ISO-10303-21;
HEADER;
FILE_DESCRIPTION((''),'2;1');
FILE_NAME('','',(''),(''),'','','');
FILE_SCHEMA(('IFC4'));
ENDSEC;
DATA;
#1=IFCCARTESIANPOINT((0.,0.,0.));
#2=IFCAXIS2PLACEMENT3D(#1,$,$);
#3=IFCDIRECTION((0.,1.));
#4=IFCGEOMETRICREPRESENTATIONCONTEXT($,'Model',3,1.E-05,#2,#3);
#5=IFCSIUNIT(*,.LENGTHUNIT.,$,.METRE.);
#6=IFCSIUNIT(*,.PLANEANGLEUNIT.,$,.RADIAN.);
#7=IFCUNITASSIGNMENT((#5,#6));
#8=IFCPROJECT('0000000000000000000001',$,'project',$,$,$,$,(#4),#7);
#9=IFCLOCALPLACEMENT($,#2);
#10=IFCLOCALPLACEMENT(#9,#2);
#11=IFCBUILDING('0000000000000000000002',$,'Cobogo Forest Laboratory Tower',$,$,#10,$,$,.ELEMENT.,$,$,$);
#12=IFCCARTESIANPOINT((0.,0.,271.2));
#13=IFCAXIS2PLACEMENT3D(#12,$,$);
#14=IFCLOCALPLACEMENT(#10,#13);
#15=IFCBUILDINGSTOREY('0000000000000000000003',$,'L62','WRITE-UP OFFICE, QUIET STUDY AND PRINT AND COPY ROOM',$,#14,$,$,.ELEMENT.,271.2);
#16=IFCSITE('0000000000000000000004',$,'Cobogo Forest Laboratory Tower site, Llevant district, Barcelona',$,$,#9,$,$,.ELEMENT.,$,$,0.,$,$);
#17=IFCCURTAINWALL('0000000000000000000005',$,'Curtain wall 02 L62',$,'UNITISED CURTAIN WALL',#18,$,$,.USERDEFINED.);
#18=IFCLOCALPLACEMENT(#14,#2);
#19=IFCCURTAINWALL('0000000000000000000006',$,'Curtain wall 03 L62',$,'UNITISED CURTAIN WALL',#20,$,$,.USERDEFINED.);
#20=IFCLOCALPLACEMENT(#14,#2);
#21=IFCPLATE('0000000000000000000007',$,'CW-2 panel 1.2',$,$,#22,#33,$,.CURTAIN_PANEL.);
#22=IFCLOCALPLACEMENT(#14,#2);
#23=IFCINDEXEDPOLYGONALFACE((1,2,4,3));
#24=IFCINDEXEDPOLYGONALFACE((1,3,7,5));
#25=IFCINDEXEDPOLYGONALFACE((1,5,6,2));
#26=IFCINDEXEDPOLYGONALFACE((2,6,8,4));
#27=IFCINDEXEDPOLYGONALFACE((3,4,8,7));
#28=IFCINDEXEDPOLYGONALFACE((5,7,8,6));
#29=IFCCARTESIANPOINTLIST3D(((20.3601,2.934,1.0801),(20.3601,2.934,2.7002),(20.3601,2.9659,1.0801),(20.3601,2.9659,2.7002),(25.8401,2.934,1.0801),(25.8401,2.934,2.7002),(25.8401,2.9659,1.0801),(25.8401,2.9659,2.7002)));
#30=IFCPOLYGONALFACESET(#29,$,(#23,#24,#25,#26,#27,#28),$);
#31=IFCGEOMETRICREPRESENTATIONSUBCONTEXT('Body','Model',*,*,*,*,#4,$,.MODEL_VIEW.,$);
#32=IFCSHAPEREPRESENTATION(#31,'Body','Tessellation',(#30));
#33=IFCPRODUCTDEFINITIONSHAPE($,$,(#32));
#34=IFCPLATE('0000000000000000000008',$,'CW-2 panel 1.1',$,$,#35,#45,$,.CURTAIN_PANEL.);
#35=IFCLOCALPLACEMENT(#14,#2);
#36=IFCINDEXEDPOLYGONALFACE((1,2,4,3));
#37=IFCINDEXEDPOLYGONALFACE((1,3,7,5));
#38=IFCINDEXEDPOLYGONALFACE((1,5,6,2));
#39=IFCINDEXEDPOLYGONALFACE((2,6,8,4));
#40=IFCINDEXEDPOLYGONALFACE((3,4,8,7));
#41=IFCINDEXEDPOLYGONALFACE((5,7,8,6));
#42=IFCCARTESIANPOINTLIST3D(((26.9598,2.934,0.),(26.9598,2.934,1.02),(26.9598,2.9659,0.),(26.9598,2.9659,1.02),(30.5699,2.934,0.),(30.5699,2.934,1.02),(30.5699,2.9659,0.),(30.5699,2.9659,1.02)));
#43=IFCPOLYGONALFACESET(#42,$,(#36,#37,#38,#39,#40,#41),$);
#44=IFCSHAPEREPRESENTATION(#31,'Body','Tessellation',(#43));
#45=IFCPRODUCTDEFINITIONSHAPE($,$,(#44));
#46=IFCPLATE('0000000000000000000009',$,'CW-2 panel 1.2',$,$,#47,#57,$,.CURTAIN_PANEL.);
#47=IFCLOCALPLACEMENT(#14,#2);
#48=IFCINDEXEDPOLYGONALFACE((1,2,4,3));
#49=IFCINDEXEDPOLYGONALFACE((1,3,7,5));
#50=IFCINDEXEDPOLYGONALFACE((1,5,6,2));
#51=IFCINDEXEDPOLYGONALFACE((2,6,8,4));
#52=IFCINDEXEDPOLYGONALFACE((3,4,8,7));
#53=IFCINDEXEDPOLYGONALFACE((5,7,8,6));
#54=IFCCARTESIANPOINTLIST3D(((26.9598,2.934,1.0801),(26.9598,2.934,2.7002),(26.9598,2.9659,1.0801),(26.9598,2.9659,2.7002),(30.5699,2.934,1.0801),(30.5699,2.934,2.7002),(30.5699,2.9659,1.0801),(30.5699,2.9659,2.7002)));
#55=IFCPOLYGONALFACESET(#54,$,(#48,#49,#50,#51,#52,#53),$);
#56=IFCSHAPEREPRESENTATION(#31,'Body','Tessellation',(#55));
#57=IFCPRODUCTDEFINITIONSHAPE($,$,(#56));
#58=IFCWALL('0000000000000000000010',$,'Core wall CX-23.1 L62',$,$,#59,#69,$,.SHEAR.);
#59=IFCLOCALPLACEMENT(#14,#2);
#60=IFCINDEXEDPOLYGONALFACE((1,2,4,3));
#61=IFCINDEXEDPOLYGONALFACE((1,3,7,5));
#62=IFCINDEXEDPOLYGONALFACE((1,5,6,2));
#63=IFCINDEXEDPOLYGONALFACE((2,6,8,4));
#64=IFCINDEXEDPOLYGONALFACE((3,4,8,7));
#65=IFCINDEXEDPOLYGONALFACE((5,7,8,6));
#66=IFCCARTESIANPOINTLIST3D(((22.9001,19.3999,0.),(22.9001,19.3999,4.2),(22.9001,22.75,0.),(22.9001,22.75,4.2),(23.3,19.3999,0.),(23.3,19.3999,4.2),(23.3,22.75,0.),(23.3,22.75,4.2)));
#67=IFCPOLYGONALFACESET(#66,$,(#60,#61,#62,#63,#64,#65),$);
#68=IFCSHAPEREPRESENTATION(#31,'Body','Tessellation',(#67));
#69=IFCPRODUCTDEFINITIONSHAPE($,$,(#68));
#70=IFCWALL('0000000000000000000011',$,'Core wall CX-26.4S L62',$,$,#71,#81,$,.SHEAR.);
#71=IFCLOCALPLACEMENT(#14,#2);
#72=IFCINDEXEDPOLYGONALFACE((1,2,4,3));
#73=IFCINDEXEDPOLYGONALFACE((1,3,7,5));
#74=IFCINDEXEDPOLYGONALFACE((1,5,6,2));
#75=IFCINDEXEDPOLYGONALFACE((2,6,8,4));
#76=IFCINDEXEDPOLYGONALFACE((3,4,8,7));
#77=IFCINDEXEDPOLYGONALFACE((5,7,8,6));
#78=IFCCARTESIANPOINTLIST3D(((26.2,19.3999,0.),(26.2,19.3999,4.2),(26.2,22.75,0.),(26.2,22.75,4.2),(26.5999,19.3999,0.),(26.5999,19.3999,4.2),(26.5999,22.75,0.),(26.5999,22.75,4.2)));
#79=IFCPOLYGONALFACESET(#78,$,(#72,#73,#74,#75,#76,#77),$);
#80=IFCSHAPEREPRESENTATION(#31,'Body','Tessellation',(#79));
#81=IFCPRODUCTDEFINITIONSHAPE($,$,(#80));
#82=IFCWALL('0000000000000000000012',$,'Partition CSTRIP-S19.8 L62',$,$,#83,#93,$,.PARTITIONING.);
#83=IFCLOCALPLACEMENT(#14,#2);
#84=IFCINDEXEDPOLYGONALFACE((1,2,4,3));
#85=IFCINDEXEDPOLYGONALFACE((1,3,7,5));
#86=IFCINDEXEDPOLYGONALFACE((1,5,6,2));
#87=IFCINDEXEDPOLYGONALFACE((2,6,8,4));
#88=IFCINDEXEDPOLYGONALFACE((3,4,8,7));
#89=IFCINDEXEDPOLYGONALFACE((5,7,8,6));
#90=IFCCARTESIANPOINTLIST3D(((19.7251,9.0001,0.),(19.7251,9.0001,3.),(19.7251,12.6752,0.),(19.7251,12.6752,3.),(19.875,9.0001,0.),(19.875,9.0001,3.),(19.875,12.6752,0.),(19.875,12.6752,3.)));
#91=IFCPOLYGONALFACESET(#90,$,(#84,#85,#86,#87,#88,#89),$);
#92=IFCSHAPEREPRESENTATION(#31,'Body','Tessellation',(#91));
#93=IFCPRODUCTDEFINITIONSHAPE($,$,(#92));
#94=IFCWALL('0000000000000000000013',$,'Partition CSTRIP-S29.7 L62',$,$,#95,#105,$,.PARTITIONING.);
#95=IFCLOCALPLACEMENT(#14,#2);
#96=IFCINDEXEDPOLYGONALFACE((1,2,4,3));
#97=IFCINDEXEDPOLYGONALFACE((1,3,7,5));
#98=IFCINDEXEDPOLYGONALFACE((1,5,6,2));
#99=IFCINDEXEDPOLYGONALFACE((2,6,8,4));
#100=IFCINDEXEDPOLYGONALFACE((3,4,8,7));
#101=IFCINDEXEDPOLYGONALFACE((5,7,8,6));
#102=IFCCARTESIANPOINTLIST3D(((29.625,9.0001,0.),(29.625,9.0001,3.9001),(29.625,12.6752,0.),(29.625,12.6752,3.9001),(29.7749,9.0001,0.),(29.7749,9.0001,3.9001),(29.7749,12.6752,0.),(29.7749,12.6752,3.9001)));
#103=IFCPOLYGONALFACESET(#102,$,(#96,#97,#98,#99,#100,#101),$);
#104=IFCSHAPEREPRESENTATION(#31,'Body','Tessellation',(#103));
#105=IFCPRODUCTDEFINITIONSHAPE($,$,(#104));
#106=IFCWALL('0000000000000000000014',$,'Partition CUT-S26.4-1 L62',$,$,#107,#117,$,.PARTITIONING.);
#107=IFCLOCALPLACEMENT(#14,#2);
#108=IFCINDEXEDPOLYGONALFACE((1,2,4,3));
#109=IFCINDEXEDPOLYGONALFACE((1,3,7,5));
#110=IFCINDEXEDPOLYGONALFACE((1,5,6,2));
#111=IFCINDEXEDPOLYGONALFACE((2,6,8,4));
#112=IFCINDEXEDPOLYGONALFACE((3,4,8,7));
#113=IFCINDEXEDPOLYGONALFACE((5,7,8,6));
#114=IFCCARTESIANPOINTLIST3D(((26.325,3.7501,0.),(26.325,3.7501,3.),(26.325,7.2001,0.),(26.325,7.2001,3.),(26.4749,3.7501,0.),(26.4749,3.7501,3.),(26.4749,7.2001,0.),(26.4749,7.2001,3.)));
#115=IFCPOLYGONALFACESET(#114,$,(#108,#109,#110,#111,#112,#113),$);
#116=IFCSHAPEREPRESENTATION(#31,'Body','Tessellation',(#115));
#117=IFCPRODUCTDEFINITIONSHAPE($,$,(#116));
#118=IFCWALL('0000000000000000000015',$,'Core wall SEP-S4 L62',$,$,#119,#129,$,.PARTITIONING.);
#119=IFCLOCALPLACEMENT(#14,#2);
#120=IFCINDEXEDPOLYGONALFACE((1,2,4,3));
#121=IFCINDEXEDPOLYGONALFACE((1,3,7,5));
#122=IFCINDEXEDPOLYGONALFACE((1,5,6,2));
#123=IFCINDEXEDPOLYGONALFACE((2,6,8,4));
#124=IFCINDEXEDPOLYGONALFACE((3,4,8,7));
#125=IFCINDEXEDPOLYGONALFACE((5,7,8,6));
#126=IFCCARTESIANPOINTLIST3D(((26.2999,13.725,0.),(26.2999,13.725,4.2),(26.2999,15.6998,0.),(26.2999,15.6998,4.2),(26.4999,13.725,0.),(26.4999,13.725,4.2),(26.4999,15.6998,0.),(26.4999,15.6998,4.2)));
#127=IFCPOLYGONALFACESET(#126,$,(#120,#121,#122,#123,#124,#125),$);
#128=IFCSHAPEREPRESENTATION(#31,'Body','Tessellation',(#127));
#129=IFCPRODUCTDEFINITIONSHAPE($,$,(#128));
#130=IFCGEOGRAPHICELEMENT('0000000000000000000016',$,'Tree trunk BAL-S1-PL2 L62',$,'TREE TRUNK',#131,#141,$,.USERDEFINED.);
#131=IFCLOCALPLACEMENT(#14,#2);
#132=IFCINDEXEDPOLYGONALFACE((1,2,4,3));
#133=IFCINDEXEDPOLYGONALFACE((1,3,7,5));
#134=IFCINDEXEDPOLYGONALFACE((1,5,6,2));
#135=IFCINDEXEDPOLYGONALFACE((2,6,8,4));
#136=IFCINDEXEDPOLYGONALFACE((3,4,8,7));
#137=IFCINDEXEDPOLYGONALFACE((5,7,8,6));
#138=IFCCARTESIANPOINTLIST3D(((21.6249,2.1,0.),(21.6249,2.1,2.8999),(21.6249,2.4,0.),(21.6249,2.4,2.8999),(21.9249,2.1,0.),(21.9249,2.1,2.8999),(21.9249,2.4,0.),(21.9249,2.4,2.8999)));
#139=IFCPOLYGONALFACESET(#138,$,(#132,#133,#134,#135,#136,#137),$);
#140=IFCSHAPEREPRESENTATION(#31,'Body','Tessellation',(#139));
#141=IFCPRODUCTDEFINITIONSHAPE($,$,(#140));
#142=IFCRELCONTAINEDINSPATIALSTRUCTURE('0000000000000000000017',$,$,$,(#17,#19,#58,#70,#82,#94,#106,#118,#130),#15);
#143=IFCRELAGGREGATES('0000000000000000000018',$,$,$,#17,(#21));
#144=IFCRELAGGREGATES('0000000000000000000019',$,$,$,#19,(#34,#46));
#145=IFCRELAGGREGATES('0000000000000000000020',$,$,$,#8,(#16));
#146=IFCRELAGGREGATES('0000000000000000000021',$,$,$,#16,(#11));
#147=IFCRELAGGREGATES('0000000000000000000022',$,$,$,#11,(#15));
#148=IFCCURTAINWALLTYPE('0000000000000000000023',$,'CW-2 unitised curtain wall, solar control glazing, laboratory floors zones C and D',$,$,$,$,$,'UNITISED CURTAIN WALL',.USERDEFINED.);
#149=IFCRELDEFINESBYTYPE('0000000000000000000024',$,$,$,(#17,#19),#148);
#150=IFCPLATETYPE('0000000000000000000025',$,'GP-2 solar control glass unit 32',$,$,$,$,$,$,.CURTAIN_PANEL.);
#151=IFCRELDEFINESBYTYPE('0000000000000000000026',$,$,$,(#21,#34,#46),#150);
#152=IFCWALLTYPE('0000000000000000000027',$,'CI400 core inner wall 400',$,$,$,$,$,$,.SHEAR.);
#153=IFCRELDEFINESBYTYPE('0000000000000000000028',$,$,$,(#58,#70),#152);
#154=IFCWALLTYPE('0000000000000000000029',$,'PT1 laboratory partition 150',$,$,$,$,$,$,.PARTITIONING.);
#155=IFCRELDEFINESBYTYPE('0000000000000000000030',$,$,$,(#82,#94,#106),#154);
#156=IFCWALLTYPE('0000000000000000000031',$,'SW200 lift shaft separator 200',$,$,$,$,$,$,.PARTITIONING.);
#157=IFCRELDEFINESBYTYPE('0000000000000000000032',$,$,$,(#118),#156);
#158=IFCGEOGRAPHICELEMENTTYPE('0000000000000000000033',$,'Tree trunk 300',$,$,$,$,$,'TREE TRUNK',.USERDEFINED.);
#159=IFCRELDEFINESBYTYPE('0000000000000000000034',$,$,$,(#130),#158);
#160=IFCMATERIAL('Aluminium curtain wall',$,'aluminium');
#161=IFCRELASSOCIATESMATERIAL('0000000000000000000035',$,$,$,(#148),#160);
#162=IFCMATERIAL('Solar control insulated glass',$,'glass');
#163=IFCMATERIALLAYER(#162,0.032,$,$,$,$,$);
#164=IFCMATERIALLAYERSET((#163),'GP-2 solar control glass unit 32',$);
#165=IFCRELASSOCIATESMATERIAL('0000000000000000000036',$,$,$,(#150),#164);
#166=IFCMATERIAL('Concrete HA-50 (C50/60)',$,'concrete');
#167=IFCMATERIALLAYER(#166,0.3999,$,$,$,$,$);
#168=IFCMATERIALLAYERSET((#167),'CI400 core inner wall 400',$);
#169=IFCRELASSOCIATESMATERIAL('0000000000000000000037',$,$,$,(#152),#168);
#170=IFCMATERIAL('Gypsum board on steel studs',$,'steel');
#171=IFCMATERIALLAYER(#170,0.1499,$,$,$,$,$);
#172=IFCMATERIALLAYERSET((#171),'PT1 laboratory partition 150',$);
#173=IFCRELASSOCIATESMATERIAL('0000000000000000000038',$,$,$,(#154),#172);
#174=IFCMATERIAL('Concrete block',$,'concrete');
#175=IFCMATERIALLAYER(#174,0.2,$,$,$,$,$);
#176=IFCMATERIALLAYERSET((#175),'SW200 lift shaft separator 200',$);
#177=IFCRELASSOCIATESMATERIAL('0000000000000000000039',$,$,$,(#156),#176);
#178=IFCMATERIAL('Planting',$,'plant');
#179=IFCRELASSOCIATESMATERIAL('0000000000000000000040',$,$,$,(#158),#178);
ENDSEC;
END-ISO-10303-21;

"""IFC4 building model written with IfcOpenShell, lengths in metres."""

from ifc_helpers import new_model, si_unit, direction, frame, frame_2d, origin, origin_2d, place, context, subcontext, project, spatial, rectangle, extrude, material, layer, layer_set, type_object, element, aggregate, save


model = new_model("IFC4")

# Units and contexts
model_context = context("Model", 3, precision=1e-05, world=origin(), true_north=direction((0.0, 1.0)))
body_context = subcontext(model_context, "Body", "Model", "MODEL_VIEW")
ifc_project = project(units=[si_unit("LENGTHUNIT", "METRE"), si_unit("PLANEANGLEUNIT", "RADIAN")], contexts=[model_context])

# Site, building, storey
site_placement = place(None, origin())
site = spatial("IfcSite", under=ifc_project, at=site_placement, Name="Cobogo Forest Laboratory Tower site, Llevant district, Barcelona", CompositionType="ELEMENT", RefElevation=0.0)
building_placement = place(site_placement, origin())
building = spatial("IfcBuilding", under=site, at=building_placement, Name="Cobogo Forest Laboratory Tower", CompositionType="ELEMENT")
storey_placement = place(building_placement, frame((0.0, 0.0, 271.2)))
storey = spatial("IfcBuildingStorey", under=building, at=storey_placement, Name="L62", Description="WRITE-UP OFFICE, QUIET STUDY AND PRINT AND COPY ROOM", CompositionType="ELEMENT", Elevation=271.2)

# Shared definitions
ifc_material_1 = material(Name="Concrete HA-50 (C50/60)", Category="concrete")

# Curtain wall
ifc_material_2 = material(Name="Aluminium curtain wall", Category="aluminium")
curtain_wall_type = type_object("IfcCurtainWallType", Name="CW-2 unitised curtain wall, solar control glazing, laboratory floors zones C and D", ElementType="UNITISED CURTAIN WALL", PredefinedType="USERDEFINED", material=ifc_material_2)
curtain_wall_1_placement = place(storey_placement, origin())
curtain_wall_1 = element("IfcCurtainWall", 1, at=curtain_wall_1_placement, inside=storey, type_object=curtain_wall_type, Name="Curtain wall 02 L62", ObjectType="UNITISED CURTAIN WALL", PredefinedType="USERDEFINED")

# Curtain wall
curtain_wall_2_placement = place(storey_placement, origin())
curtain_wall_2 = element("IfcCurtainWall", 2, at=curtain_wall_2_placement, inside=storey, type_object=curtain_wall_type, Name="Curtain wall 03 L62", ObjectType="UNITISED CURTAIN WALL", PredefinedType="USERDEFINED")

# Plates
ifc_material_3 = material(Name="Solar control insulated glass", Category="glass")
ifc_layer_1 = layer(ifc_material_3, 0.032)
ifc_layer_set_1 = layer_set([ifc_layer_1], Name="GP-2 solar control glass unit 32")
plate_type_1 = type_object("IfcPlateType", Name="GP-2 solar control glass unit 32", PredefinedType="CURTAIN_PANEL", material=ifc_layer_set_1)
plate_1_placement = place(storey_placement, frame((23.1001, 2.95, 1.0801), z_axis=(0.0, 0.0, 1.0), x_axis=(1.0, 0.0, 0.0)))
plate_1 = element("IfcPlate", 3, at=plate_1_placement, type_object=plate_type_1, Name="CW-2 panel 1.2", PredefinedType="CURTAIN_PANEL", context=body_context, shape_type="SweptSolid", body=[
    extrude(rectangle(XDim=5.48, YDim=0.032, at=origin_2d()), origin(), (0.0, 0.0, 1.0), 1.6201),
])
aggregate(curtain_wall_1, [plate_1])
plate_2_placement = place(storey_placement, frame((28.7649, 2.95, 0.0), z_axis=(0.0, 0.0, 1.0), x_axis=(1.0, 0.0, 0.0)))
plate_2 = element("IfcPlate", 4, at=plate_2_placement, type_object=plate_type_1, Name="CW-2 panel 1.1", PredefinedType="CURTAIN_PANEL", context=body_context, shape_type="SweptSolid", body=[
    extrude(rectangle(XDim=3.6101, YDim=0.032, at=origin_2d()), origin(), (0.0, 0.0, 1.0), 1.02),
])
plate_3_placement = place(storey_placement, frame((28.7649, 2.95, 1.0801), z_axis=(0.0, 0.0, 1.0), x_axis=(1.0, 0.0, 0.0)))
plate_3 = element("IfcPlate", 5, at=plate_3_placement, type_object=plate_type_1, Name="CW-2 panel 1.2", PredefinedType="CURTAIN_PANEL", context=body_context, shape_type="SweptSolid", body=[
    extrude(rectangle(XDim=3.6101, YDim=0.032, at=origin_2d()), origin(), (0.0, 0.0, 1.0), 1.6201),
])
aggregate(curtain_wall_2, [plate_2, plate_3])

# Walls
ifc_layer_2 = layer(ifc_material_1, 0.3999)
ifc_layer_set_2 = layer_set([ifc_layer_2], Name="CI400 core inner wall 400")
wall_type_1 = type_object("IfcWallType", Name="CI400 core inner wall 400", PredefinedType="SHEAR", material=ifc_layer_set_2)
for number, where, z_axis, x_axis, name in (
    (6, (23.1001, 19.3999, 0.0), (0.0, 0.0, 1.0), (0.0, 1.0, 0.0), "Core wall CX-23.1 L62"),
    (7, (26.3999, 19.3999, 0.0), (0.0, 0.0, 1.0), (0.0, 1.0, 0.0), "Core wall CX-26.4S L62"),
):
    element("IfcWall", number, at=place(storey_placement, frame(where, z_axis=z_axis, x_axis=x_axis)), inside=storey, type_object=wall_type_1, Name=name, PredefinedType="SHEAR", context=body_context, shape_type="SweptSolid", body=[
        extrude(rectangle(XDim=3.3501, YDim=0.3999, at=frame_2d((1.675, 0.0))), origin(), (0.0, 0.0, 1.0), 4.2),
    ])
ifc_material_4 = material(Name="Gypsum board on steel studs", Category="steel")
ifc_layer_3 = layer(ifc_material_4, 0.1499)
ifc_layer_set_3 = layer_set([ifc_layer_3], Name="PT1 laboratory partition 150")
wall_type_2 = type_object("IfcWallType", Name="PT1 laboratory partition 150", PredefinedType="PARTITIONING", material=ifc_layer_set_3)
wall_1_placement = place(storey_placement, frame((19.8, 12.675, 0.0), z_axis=(0.0, 0.0, 1.0), x_axis=(0.0, -1.0, 0.0)))
element("IfcWall", 8, at=wall_1_placement, inside=storey, type_object=wall_type_2, Name="Partition CSTRIP-S19.8 L62", PredefinedType="PARTITIONING", context=body_context, shape_type="SweptSolid", body=[
    extrude(rectangle(XDim=3.675, YDim=0.1499, at=frame_2d((1.8374, 0.0))), origin(), (0.0, 0.0, 1.0), 3.0),
])
wall_2_placement = place(storey_placement, frame((29.7, 12.675, 0.0), z_axis=(0.0, 0.0, 1.0), x_axis=(0.0, -1.0, 0.0)))
element("IfcWall", 9, at=wall_2_placement, inside=storey, type_object=wall_type_2, Name="Partition CSTRIP-S29.7 L62", PredefinedType="PARTITIONING", context=body_context, shape_type="SweptSolid", body=[
    extrude(rectangle(XDim=3.675, YDim=0.1499, at=frame_2d((1.8374, 0.0))), origin(), (0.0, 0.0, 1.0), 3.9001),
])
wall_3_placement = place(storey_placement, frame((26.3999, 3.75, 0.0), z_axis=(0.0, 0.0, 1.0), x_axis=(0.0, 1.0, 0.0)))
element("IfcWall", 10, at=wall_3_placement, inside=storey, type_object=wall_type_2, Name="Partition CUT-S26.4-1 L62", PredefinedType="PARTITIONING", context=body_context, shape_type="SweptSolid", body=[
    extrude(rectangle(XDim=3.45, YDim=0.1499, at=frame_2d((1.7251, 0.0))), origin(), (0.0, 0.0, 1.0), 3.0),
])
ifc_material_5 = material(Name="Concrete block", Category="concrete")
ifc_layer_4 = layer(ifc_material_5, 0.2)
ifc_layer_set_4 = layer_set([ifc_layer_4], Name="SW200 lift shaft separator 200")
wall_type_3 = type_object("IfcWallType", Name="SW200 lift shaft separator 200", PredefinedType="PARTITIONING", material=ifc_layer_set_4)
wall_4_placement = place(storey_placement, frame((26.3999, 13.7251, 0.0), z_axis=(0.0, 0.0, 1.0), x_axis=(0.0, 1.0, 0.0)))
element("IfcWall", 11, at=wall_4_placement, inside=storey, type_object=wall_type_3, Name="Core wall SEP-S4 L62", PredefinedType="PARTITIONING", context=body_context, shape_type="SweptSolid", body=[
    extrude(rectangle(XDim=1.9749, YDim=0.2, at=frame_2d((0.9873, 0.0))), origin(), (0.0, 0.0, 1.0), 4.2),
])

# Geographic element
ifc_material_6 = material(Name="Planting", Category="plant")
geographic_element_type = type_object("IfcGeographicElementType", Name="Tree trunk 300", ElementType="TREE TRUNK", PredefinedType="USERDEFINED", material=ifc_material_6)
geographic_element_placement = place(storey_placement, frame((21.7749, 2.25, 0.0), z_axis=(0.0, 0.0, 1.0), x_axis=(1.0, 0.0, 0.0)))
element("IfcGeographicElement", 12, at=geographic_element_placement, inside=storey, type_object=geographic_element_type, Name="Tree trunk BAL-S1-PL2 L62", ObjectType="TREE TRUNK", PredefinedType="USERDEFINED", context=body_context, shape_type="SweptSolid", body=[
    extrude(rectangle(XDim=0.3, YDim=0.3, at=origin_2d()), origin(), (0.0, 0.0, 1.0), 2.8999),
])

save(model, "model.ifc")
